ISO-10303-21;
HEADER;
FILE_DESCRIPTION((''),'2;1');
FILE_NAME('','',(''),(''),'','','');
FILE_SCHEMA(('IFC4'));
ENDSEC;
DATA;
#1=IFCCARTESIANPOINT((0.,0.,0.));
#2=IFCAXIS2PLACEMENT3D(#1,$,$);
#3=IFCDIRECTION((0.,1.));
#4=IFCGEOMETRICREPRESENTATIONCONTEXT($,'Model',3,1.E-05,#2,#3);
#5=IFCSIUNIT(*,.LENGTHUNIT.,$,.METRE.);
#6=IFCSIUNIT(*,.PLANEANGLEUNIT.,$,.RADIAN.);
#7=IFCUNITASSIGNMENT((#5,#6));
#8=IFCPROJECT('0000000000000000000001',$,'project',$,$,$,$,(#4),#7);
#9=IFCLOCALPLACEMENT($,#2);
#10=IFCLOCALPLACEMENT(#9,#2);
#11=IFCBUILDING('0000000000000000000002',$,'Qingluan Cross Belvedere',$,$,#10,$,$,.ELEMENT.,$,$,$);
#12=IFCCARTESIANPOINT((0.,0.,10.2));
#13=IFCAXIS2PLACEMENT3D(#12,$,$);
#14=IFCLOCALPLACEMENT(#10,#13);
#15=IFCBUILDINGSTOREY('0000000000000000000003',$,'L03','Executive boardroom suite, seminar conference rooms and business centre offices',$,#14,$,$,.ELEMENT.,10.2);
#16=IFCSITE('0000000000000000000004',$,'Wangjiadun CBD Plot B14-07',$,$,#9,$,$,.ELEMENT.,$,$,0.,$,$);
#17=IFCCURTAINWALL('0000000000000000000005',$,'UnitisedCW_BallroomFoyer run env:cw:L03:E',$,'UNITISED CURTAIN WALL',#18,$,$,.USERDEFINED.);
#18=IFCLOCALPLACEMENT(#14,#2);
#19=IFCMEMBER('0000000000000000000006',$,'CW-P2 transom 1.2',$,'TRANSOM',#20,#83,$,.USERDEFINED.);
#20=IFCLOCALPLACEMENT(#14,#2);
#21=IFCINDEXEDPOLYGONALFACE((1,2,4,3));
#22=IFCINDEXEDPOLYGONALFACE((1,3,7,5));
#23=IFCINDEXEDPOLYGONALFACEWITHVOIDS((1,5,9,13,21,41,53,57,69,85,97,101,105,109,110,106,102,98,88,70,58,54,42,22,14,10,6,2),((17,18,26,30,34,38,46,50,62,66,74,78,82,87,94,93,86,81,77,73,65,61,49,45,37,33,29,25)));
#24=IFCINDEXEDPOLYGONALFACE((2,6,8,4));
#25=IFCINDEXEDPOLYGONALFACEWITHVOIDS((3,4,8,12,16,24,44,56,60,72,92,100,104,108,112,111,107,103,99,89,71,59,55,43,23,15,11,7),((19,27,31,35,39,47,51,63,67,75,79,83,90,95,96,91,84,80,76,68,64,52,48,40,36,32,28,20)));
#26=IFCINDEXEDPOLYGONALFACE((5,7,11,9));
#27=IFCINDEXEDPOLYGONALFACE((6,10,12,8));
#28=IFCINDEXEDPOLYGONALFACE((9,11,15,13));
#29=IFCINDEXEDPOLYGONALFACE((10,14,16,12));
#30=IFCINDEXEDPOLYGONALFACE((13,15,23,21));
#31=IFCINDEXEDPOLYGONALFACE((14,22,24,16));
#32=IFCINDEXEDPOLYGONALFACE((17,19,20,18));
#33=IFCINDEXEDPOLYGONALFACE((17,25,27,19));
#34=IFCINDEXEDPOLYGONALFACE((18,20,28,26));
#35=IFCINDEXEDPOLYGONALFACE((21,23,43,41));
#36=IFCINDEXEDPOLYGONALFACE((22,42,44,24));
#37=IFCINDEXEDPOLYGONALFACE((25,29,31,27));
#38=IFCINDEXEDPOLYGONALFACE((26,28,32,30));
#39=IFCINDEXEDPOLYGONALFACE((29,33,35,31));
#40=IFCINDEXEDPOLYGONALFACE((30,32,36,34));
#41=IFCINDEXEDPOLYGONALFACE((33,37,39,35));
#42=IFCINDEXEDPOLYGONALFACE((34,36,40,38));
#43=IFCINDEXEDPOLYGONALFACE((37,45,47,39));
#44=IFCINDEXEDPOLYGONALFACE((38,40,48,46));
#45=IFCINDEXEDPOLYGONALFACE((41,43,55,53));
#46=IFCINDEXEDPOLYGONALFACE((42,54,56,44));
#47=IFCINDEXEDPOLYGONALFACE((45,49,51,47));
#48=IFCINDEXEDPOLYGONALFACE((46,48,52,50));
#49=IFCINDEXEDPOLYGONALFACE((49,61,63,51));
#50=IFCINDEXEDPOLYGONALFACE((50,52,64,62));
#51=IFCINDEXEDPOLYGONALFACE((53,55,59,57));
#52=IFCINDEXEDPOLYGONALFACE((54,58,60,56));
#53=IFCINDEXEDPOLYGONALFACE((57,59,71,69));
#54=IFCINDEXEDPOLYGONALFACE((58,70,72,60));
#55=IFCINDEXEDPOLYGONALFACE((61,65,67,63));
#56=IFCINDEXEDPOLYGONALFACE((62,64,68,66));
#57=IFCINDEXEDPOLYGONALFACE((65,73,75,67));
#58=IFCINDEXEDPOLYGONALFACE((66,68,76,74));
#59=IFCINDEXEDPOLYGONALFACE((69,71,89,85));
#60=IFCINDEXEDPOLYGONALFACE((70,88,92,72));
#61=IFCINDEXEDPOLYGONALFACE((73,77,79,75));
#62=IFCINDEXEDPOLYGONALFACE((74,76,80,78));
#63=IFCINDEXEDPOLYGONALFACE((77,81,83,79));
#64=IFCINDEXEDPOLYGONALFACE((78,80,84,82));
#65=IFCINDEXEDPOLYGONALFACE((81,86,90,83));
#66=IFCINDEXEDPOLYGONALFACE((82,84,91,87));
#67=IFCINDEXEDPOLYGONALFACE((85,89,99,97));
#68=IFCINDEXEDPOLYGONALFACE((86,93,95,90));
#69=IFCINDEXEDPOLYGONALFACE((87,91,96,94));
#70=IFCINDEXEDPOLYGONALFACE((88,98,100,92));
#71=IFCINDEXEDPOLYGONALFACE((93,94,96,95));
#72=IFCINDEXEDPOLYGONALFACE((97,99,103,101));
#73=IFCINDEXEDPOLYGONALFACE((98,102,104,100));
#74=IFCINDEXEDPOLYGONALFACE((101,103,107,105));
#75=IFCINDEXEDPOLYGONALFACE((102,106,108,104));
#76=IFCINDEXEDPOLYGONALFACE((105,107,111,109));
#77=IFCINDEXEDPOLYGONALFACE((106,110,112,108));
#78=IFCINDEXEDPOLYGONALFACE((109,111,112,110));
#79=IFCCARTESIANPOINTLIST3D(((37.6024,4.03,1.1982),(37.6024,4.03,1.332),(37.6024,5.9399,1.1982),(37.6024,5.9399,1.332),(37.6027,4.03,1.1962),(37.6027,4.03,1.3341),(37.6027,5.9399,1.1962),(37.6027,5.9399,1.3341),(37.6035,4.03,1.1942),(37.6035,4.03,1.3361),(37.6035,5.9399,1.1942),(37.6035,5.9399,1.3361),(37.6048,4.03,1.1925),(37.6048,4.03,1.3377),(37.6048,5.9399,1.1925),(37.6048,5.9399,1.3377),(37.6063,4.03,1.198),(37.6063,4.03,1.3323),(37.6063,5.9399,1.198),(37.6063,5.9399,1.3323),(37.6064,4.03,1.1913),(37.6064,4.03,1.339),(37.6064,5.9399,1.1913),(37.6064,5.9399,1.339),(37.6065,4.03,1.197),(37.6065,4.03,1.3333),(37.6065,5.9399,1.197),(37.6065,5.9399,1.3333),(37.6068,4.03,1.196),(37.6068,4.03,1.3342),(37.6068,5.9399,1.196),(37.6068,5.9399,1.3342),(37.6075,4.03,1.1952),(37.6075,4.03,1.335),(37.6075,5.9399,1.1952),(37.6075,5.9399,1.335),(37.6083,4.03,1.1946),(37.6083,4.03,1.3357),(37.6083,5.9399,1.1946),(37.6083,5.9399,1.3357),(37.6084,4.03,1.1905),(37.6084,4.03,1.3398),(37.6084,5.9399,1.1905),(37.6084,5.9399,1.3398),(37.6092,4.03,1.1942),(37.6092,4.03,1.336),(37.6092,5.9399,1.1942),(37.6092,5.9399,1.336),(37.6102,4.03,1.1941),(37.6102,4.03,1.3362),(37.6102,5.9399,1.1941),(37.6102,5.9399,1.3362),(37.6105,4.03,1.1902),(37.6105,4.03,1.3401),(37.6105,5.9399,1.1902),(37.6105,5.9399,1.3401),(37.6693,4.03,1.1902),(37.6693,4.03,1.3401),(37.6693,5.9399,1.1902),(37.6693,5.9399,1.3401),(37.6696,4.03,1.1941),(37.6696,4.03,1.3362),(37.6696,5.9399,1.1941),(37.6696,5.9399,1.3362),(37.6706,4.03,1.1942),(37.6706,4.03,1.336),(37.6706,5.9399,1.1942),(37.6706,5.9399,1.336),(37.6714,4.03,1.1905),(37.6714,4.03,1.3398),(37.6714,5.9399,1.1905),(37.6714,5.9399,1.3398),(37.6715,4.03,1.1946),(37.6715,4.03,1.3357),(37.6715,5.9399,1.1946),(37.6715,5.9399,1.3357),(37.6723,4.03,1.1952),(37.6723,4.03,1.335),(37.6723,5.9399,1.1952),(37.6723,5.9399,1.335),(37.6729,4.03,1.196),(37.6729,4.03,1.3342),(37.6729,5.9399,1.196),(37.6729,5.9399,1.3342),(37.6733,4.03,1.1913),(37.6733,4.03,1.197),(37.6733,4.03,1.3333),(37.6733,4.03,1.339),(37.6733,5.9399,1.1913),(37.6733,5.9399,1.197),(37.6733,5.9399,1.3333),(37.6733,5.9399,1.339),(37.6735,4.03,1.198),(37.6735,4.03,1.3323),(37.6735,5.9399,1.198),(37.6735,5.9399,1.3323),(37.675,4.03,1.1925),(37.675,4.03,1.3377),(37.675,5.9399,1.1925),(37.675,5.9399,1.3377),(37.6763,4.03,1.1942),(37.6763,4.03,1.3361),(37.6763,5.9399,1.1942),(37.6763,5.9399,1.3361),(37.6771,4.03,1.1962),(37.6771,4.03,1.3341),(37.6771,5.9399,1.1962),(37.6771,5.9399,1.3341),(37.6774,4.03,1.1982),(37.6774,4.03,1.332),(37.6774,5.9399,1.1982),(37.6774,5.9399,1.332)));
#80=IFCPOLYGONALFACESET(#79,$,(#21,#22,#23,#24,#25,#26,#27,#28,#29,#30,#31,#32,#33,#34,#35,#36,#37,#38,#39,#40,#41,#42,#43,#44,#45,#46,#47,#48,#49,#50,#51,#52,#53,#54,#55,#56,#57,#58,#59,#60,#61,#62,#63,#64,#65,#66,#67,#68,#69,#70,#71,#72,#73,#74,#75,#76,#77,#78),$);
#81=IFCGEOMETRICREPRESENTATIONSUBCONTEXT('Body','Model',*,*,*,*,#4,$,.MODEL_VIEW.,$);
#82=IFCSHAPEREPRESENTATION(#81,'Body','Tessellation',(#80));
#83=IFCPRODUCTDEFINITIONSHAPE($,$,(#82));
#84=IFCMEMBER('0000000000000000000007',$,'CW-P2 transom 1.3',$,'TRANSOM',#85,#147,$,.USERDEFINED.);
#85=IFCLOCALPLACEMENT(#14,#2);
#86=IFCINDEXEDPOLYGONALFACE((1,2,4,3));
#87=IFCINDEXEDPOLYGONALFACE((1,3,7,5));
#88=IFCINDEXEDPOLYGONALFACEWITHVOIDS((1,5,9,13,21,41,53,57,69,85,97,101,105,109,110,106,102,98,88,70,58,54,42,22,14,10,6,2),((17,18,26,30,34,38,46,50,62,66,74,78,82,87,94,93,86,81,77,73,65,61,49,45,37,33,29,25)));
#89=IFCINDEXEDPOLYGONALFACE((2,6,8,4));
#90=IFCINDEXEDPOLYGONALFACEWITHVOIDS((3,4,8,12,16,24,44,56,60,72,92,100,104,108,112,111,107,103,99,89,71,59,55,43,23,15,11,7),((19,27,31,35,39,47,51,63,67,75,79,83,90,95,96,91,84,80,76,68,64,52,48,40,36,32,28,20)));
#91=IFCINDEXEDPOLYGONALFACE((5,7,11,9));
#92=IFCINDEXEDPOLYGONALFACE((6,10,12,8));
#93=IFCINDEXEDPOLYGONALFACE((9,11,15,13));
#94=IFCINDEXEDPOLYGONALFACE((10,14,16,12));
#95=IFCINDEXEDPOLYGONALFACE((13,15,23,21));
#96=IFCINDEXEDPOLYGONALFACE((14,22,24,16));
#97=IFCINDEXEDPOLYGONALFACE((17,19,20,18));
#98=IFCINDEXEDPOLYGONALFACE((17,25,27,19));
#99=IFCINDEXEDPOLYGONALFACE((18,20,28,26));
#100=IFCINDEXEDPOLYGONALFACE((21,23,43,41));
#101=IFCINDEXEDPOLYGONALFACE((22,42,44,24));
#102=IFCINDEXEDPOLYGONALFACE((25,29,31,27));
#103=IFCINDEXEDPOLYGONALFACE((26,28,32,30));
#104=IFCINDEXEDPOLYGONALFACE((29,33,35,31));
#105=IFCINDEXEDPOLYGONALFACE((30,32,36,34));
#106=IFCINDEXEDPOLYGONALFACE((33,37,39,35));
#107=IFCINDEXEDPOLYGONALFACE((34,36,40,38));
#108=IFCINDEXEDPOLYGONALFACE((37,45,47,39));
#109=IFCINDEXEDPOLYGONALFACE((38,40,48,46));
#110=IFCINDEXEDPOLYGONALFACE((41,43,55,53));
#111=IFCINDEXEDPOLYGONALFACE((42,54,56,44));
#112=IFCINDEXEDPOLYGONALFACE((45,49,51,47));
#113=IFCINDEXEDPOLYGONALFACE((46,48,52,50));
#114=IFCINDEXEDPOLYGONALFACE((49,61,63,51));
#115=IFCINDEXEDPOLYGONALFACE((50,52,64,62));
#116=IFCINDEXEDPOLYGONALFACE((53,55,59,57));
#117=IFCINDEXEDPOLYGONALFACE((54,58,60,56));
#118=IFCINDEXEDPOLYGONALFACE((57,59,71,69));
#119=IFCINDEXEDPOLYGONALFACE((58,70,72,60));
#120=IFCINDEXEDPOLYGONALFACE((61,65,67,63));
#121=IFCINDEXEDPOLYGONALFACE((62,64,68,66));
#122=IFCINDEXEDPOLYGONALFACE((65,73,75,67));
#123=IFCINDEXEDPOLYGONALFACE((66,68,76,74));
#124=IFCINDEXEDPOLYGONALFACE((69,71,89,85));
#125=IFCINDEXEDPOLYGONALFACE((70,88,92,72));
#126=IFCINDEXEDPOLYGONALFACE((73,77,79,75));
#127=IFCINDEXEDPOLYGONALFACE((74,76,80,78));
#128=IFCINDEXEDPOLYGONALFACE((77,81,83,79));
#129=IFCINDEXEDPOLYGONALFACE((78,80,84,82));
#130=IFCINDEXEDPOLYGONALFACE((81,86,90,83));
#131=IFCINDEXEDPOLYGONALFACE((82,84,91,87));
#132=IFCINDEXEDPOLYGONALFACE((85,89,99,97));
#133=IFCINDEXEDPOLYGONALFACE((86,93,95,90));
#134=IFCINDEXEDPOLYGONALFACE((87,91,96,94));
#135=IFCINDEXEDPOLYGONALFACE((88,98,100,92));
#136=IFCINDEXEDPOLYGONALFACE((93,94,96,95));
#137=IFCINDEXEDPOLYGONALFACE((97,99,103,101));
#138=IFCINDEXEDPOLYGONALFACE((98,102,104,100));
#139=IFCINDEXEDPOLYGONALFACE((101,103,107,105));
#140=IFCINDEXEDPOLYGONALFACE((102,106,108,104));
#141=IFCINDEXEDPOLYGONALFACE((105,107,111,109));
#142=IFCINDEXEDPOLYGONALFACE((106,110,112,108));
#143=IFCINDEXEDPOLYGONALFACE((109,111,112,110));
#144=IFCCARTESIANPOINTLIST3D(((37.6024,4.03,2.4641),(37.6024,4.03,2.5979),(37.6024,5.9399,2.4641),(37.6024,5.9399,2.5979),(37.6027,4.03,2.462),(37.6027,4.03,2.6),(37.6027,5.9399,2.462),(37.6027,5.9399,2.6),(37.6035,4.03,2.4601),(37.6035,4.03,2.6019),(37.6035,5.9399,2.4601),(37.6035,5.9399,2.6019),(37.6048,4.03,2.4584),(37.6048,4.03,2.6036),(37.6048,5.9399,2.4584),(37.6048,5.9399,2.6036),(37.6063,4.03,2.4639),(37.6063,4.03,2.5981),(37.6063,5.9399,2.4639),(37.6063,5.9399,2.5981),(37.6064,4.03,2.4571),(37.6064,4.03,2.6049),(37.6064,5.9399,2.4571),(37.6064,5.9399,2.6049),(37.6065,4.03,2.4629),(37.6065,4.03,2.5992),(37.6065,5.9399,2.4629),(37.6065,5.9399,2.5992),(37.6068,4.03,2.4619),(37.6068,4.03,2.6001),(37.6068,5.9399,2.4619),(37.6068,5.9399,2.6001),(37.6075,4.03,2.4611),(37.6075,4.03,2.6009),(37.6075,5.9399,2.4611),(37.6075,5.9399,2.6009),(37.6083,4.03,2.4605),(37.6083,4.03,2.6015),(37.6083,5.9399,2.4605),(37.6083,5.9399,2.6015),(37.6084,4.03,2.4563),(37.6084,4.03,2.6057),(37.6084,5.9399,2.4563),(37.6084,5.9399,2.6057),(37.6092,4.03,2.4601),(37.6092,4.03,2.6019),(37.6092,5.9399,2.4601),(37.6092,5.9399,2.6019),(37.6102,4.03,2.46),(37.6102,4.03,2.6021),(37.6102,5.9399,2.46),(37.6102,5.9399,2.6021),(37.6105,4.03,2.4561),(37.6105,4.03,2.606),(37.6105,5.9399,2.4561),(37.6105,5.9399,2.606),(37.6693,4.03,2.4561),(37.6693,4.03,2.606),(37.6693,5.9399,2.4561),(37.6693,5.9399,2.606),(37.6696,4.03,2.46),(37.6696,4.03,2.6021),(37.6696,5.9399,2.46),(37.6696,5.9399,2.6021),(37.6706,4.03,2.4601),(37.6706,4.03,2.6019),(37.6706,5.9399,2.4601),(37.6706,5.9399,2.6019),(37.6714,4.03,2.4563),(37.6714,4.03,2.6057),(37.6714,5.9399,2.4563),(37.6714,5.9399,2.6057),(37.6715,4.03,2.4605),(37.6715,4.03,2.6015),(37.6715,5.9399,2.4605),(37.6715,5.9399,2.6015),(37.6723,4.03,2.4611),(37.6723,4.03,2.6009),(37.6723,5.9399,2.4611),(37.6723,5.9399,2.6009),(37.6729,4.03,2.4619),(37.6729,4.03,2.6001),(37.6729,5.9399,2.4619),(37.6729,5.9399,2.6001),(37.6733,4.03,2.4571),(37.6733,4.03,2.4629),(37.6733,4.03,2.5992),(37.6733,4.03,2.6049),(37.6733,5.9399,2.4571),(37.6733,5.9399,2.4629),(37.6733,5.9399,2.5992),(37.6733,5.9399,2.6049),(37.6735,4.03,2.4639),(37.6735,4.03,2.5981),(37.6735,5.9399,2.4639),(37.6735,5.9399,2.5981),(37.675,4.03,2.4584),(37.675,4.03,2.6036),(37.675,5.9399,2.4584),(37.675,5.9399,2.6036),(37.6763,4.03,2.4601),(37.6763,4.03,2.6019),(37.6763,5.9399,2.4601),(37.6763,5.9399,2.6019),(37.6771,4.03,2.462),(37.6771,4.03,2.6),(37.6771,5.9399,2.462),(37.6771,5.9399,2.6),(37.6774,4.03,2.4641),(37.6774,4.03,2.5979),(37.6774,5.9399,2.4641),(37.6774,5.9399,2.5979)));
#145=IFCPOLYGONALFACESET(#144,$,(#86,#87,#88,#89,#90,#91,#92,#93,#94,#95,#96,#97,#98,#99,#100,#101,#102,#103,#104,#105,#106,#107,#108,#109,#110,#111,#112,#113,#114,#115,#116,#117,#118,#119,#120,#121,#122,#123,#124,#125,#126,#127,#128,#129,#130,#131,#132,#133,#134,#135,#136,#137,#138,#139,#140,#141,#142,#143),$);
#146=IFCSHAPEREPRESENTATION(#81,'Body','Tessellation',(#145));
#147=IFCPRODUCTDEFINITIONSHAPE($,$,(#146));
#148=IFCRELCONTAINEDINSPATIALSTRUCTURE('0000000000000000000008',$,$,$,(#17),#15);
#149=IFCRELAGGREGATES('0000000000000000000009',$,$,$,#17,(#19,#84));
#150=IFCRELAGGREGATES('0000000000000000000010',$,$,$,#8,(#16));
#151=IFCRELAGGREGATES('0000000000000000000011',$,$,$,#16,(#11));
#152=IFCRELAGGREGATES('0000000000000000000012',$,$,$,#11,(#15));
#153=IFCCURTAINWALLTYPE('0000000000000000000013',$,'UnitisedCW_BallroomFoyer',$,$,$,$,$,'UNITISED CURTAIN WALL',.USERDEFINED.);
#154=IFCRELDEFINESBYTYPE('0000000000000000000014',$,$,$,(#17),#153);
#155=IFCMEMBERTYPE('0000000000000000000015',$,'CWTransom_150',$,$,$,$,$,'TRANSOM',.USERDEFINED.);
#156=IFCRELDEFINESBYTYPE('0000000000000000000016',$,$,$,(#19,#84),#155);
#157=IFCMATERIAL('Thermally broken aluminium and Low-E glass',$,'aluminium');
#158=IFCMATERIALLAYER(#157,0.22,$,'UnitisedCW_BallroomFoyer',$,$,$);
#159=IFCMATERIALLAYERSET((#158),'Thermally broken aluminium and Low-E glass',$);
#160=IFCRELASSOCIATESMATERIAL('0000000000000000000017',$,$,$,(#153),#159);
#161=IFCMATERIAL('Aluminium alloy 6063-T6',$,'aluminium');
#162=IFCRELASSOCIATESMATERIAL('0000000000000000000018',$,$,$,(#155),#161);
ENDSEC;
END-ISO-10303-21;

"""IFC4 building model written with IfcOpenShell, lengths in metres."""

from ifc_helpers import new_model, si_unit, direction, frame, origin, origin_2d, place, context, subcontext, project, spatial, hollow_rectangle, extrude, material, layer, layer_set, material_profile, profile_set, type_object, element, aggregate, save


model = new_model("IFC4")

# Units and contexts
model_context = context("Model", 3, precision=1e-05, world=origin(), true_north=direction((0.0, 1.0)))
body_context = subcontext(model_context, "Body", "Model", "MODEL_VIEW")
ifc_project = project(units=[si_unit("LENGTHUNIT", "METRE"), si_unit("PLANEANGLEUNIT", "RADIAN")], contexts=[model_context])

# Site, building, storey
site_placement = place(None, origin())
site = spatial("IfcSite", under=ifc_project, at=site_placement, Name="Wangjiadun CBD Plot B14-07", CompositionType="ELEMENT", RefElevation=0.0)
building_placement = place(site_placement, origin())
building = spatial("IfcBuilding", under=site, at=building_placement, Name="Qingluan Cross Belvedere", CompositionType="ELEMENT")
storey_placement = place(building_placement, frame((0.0, 0.0, 10.2)))
storey = spatial("IfcBuildingStorey", under=building, at=storey_placement, Name="L03", Description="Executive boardroom suite, seminar conference rooms and business centre offices", CompositionType="ELEMENT", Elevation=10.2)

# Curtain wall, members
ifc_material_1 = material(Name="Thermally broken aluminium and Low-E glass", Category="aluminium")
ifc_layer_1 = layer(ifc_material_1, 0.22, Name="UnitisedCW_BallroomFoyer")
ifc_layer_set_1 = layer_set([ifc_layer_1], Name="Thermally broken aluminium and Low-E glass")
curtain_wall_type = type_object("IfcCurtainWallType", Name="UnitisedCW_BallroomFoyer", ElementType="UNITISED CURTAIN WALL", PredefinedType="USERDEFINED", material=ifc_layer_set_1)
curtain_wall_placement = place(storey_placement, origin())
curtain_wall = element("IfcCurtainWall", 1, at=curtain_wall_placement, inside=storey, type_object=curtain_wall_type, Name="UnitisedCW_BallroomFoyer run env:cw:L03:E", ObjectType="UNITISED CURTAIN WALL", PredefinedType="USERDEFINED")
ifc_material_2 = material(Name="Aluminium alloy 6063-T6", Category="aluminium")
ifc_material_profile_1 = material_profile(ifc_material_2, hollow_rectangle(XDim=0.075, YDim=0.1499, WallThickness=0.0039, InnerFilletRadius=0.0039, OuterFilletRadius=0.0081, at=origin_2d()), Name="CWT150x75x4")
ifc_profile_set_1 = profile_set([ifc_material_profile_1], Name="Aluminium alloy 6063-T6")
member_type_1 = type_object("IfcMemberType", Name="CWTransom_150", ElementType="TRANSOM", PredefinedType="USERDEFINED", material=ifc_profile_set_1)
member_1_placement = place(storey_placement, frame((37.6399, 5.9399, 1.2651), z_axis=(0.0, -1.0, 0.0), x_axis=(1.0, 0.0, 0.0)))
member_1 = element("IfcMember", 2, at=member_1_placement, type_object=member_type_1, Name="CW-P2 transom 1.2", ObjectType="TRANSOM", PredefinedType="USERDEFINED", context=body_context, shape_type="SweptSolid", body=[
    extrude(hollow_rectangle(XDim=0.075, YDim=0.1499, WallThickness=0.0039, InnerFilletRadius=0.0039, OuterFilletRadius=0.0081, at=origin_2d()), origin(), (0.0, 0.0, 1.0), 1.9099),
])
member_2_placement = place(storey_placement, frame((37.6399, 5.9399, 2.531), z_axis=(0.0, -1.0, 0.0), x_axis=(1.0, 0.0, 0.0)))
member_2 = element("IfcMember", 3, at=member_2_placement, type_object=member_type_1, Name="CW-P2 transom 1.3", ObjectType="TRANSOM", PredefinedType="USERDEFINED", context=body_context, shape_type="SweptSolid", body=[
    extrude(hollow_rectangle(XDim=0.075, YDim=0.1499, WallThickness=0.0039, InnerFilletRadius=0.0039, OuterFilletRadius=0.0081, at=origin_2d()), origin(), (0.0, 0.0, 1.0), 1.9099),
])
aggregate(curtain_wall, [member_1, member_2])

save(model, "model.ifc")
